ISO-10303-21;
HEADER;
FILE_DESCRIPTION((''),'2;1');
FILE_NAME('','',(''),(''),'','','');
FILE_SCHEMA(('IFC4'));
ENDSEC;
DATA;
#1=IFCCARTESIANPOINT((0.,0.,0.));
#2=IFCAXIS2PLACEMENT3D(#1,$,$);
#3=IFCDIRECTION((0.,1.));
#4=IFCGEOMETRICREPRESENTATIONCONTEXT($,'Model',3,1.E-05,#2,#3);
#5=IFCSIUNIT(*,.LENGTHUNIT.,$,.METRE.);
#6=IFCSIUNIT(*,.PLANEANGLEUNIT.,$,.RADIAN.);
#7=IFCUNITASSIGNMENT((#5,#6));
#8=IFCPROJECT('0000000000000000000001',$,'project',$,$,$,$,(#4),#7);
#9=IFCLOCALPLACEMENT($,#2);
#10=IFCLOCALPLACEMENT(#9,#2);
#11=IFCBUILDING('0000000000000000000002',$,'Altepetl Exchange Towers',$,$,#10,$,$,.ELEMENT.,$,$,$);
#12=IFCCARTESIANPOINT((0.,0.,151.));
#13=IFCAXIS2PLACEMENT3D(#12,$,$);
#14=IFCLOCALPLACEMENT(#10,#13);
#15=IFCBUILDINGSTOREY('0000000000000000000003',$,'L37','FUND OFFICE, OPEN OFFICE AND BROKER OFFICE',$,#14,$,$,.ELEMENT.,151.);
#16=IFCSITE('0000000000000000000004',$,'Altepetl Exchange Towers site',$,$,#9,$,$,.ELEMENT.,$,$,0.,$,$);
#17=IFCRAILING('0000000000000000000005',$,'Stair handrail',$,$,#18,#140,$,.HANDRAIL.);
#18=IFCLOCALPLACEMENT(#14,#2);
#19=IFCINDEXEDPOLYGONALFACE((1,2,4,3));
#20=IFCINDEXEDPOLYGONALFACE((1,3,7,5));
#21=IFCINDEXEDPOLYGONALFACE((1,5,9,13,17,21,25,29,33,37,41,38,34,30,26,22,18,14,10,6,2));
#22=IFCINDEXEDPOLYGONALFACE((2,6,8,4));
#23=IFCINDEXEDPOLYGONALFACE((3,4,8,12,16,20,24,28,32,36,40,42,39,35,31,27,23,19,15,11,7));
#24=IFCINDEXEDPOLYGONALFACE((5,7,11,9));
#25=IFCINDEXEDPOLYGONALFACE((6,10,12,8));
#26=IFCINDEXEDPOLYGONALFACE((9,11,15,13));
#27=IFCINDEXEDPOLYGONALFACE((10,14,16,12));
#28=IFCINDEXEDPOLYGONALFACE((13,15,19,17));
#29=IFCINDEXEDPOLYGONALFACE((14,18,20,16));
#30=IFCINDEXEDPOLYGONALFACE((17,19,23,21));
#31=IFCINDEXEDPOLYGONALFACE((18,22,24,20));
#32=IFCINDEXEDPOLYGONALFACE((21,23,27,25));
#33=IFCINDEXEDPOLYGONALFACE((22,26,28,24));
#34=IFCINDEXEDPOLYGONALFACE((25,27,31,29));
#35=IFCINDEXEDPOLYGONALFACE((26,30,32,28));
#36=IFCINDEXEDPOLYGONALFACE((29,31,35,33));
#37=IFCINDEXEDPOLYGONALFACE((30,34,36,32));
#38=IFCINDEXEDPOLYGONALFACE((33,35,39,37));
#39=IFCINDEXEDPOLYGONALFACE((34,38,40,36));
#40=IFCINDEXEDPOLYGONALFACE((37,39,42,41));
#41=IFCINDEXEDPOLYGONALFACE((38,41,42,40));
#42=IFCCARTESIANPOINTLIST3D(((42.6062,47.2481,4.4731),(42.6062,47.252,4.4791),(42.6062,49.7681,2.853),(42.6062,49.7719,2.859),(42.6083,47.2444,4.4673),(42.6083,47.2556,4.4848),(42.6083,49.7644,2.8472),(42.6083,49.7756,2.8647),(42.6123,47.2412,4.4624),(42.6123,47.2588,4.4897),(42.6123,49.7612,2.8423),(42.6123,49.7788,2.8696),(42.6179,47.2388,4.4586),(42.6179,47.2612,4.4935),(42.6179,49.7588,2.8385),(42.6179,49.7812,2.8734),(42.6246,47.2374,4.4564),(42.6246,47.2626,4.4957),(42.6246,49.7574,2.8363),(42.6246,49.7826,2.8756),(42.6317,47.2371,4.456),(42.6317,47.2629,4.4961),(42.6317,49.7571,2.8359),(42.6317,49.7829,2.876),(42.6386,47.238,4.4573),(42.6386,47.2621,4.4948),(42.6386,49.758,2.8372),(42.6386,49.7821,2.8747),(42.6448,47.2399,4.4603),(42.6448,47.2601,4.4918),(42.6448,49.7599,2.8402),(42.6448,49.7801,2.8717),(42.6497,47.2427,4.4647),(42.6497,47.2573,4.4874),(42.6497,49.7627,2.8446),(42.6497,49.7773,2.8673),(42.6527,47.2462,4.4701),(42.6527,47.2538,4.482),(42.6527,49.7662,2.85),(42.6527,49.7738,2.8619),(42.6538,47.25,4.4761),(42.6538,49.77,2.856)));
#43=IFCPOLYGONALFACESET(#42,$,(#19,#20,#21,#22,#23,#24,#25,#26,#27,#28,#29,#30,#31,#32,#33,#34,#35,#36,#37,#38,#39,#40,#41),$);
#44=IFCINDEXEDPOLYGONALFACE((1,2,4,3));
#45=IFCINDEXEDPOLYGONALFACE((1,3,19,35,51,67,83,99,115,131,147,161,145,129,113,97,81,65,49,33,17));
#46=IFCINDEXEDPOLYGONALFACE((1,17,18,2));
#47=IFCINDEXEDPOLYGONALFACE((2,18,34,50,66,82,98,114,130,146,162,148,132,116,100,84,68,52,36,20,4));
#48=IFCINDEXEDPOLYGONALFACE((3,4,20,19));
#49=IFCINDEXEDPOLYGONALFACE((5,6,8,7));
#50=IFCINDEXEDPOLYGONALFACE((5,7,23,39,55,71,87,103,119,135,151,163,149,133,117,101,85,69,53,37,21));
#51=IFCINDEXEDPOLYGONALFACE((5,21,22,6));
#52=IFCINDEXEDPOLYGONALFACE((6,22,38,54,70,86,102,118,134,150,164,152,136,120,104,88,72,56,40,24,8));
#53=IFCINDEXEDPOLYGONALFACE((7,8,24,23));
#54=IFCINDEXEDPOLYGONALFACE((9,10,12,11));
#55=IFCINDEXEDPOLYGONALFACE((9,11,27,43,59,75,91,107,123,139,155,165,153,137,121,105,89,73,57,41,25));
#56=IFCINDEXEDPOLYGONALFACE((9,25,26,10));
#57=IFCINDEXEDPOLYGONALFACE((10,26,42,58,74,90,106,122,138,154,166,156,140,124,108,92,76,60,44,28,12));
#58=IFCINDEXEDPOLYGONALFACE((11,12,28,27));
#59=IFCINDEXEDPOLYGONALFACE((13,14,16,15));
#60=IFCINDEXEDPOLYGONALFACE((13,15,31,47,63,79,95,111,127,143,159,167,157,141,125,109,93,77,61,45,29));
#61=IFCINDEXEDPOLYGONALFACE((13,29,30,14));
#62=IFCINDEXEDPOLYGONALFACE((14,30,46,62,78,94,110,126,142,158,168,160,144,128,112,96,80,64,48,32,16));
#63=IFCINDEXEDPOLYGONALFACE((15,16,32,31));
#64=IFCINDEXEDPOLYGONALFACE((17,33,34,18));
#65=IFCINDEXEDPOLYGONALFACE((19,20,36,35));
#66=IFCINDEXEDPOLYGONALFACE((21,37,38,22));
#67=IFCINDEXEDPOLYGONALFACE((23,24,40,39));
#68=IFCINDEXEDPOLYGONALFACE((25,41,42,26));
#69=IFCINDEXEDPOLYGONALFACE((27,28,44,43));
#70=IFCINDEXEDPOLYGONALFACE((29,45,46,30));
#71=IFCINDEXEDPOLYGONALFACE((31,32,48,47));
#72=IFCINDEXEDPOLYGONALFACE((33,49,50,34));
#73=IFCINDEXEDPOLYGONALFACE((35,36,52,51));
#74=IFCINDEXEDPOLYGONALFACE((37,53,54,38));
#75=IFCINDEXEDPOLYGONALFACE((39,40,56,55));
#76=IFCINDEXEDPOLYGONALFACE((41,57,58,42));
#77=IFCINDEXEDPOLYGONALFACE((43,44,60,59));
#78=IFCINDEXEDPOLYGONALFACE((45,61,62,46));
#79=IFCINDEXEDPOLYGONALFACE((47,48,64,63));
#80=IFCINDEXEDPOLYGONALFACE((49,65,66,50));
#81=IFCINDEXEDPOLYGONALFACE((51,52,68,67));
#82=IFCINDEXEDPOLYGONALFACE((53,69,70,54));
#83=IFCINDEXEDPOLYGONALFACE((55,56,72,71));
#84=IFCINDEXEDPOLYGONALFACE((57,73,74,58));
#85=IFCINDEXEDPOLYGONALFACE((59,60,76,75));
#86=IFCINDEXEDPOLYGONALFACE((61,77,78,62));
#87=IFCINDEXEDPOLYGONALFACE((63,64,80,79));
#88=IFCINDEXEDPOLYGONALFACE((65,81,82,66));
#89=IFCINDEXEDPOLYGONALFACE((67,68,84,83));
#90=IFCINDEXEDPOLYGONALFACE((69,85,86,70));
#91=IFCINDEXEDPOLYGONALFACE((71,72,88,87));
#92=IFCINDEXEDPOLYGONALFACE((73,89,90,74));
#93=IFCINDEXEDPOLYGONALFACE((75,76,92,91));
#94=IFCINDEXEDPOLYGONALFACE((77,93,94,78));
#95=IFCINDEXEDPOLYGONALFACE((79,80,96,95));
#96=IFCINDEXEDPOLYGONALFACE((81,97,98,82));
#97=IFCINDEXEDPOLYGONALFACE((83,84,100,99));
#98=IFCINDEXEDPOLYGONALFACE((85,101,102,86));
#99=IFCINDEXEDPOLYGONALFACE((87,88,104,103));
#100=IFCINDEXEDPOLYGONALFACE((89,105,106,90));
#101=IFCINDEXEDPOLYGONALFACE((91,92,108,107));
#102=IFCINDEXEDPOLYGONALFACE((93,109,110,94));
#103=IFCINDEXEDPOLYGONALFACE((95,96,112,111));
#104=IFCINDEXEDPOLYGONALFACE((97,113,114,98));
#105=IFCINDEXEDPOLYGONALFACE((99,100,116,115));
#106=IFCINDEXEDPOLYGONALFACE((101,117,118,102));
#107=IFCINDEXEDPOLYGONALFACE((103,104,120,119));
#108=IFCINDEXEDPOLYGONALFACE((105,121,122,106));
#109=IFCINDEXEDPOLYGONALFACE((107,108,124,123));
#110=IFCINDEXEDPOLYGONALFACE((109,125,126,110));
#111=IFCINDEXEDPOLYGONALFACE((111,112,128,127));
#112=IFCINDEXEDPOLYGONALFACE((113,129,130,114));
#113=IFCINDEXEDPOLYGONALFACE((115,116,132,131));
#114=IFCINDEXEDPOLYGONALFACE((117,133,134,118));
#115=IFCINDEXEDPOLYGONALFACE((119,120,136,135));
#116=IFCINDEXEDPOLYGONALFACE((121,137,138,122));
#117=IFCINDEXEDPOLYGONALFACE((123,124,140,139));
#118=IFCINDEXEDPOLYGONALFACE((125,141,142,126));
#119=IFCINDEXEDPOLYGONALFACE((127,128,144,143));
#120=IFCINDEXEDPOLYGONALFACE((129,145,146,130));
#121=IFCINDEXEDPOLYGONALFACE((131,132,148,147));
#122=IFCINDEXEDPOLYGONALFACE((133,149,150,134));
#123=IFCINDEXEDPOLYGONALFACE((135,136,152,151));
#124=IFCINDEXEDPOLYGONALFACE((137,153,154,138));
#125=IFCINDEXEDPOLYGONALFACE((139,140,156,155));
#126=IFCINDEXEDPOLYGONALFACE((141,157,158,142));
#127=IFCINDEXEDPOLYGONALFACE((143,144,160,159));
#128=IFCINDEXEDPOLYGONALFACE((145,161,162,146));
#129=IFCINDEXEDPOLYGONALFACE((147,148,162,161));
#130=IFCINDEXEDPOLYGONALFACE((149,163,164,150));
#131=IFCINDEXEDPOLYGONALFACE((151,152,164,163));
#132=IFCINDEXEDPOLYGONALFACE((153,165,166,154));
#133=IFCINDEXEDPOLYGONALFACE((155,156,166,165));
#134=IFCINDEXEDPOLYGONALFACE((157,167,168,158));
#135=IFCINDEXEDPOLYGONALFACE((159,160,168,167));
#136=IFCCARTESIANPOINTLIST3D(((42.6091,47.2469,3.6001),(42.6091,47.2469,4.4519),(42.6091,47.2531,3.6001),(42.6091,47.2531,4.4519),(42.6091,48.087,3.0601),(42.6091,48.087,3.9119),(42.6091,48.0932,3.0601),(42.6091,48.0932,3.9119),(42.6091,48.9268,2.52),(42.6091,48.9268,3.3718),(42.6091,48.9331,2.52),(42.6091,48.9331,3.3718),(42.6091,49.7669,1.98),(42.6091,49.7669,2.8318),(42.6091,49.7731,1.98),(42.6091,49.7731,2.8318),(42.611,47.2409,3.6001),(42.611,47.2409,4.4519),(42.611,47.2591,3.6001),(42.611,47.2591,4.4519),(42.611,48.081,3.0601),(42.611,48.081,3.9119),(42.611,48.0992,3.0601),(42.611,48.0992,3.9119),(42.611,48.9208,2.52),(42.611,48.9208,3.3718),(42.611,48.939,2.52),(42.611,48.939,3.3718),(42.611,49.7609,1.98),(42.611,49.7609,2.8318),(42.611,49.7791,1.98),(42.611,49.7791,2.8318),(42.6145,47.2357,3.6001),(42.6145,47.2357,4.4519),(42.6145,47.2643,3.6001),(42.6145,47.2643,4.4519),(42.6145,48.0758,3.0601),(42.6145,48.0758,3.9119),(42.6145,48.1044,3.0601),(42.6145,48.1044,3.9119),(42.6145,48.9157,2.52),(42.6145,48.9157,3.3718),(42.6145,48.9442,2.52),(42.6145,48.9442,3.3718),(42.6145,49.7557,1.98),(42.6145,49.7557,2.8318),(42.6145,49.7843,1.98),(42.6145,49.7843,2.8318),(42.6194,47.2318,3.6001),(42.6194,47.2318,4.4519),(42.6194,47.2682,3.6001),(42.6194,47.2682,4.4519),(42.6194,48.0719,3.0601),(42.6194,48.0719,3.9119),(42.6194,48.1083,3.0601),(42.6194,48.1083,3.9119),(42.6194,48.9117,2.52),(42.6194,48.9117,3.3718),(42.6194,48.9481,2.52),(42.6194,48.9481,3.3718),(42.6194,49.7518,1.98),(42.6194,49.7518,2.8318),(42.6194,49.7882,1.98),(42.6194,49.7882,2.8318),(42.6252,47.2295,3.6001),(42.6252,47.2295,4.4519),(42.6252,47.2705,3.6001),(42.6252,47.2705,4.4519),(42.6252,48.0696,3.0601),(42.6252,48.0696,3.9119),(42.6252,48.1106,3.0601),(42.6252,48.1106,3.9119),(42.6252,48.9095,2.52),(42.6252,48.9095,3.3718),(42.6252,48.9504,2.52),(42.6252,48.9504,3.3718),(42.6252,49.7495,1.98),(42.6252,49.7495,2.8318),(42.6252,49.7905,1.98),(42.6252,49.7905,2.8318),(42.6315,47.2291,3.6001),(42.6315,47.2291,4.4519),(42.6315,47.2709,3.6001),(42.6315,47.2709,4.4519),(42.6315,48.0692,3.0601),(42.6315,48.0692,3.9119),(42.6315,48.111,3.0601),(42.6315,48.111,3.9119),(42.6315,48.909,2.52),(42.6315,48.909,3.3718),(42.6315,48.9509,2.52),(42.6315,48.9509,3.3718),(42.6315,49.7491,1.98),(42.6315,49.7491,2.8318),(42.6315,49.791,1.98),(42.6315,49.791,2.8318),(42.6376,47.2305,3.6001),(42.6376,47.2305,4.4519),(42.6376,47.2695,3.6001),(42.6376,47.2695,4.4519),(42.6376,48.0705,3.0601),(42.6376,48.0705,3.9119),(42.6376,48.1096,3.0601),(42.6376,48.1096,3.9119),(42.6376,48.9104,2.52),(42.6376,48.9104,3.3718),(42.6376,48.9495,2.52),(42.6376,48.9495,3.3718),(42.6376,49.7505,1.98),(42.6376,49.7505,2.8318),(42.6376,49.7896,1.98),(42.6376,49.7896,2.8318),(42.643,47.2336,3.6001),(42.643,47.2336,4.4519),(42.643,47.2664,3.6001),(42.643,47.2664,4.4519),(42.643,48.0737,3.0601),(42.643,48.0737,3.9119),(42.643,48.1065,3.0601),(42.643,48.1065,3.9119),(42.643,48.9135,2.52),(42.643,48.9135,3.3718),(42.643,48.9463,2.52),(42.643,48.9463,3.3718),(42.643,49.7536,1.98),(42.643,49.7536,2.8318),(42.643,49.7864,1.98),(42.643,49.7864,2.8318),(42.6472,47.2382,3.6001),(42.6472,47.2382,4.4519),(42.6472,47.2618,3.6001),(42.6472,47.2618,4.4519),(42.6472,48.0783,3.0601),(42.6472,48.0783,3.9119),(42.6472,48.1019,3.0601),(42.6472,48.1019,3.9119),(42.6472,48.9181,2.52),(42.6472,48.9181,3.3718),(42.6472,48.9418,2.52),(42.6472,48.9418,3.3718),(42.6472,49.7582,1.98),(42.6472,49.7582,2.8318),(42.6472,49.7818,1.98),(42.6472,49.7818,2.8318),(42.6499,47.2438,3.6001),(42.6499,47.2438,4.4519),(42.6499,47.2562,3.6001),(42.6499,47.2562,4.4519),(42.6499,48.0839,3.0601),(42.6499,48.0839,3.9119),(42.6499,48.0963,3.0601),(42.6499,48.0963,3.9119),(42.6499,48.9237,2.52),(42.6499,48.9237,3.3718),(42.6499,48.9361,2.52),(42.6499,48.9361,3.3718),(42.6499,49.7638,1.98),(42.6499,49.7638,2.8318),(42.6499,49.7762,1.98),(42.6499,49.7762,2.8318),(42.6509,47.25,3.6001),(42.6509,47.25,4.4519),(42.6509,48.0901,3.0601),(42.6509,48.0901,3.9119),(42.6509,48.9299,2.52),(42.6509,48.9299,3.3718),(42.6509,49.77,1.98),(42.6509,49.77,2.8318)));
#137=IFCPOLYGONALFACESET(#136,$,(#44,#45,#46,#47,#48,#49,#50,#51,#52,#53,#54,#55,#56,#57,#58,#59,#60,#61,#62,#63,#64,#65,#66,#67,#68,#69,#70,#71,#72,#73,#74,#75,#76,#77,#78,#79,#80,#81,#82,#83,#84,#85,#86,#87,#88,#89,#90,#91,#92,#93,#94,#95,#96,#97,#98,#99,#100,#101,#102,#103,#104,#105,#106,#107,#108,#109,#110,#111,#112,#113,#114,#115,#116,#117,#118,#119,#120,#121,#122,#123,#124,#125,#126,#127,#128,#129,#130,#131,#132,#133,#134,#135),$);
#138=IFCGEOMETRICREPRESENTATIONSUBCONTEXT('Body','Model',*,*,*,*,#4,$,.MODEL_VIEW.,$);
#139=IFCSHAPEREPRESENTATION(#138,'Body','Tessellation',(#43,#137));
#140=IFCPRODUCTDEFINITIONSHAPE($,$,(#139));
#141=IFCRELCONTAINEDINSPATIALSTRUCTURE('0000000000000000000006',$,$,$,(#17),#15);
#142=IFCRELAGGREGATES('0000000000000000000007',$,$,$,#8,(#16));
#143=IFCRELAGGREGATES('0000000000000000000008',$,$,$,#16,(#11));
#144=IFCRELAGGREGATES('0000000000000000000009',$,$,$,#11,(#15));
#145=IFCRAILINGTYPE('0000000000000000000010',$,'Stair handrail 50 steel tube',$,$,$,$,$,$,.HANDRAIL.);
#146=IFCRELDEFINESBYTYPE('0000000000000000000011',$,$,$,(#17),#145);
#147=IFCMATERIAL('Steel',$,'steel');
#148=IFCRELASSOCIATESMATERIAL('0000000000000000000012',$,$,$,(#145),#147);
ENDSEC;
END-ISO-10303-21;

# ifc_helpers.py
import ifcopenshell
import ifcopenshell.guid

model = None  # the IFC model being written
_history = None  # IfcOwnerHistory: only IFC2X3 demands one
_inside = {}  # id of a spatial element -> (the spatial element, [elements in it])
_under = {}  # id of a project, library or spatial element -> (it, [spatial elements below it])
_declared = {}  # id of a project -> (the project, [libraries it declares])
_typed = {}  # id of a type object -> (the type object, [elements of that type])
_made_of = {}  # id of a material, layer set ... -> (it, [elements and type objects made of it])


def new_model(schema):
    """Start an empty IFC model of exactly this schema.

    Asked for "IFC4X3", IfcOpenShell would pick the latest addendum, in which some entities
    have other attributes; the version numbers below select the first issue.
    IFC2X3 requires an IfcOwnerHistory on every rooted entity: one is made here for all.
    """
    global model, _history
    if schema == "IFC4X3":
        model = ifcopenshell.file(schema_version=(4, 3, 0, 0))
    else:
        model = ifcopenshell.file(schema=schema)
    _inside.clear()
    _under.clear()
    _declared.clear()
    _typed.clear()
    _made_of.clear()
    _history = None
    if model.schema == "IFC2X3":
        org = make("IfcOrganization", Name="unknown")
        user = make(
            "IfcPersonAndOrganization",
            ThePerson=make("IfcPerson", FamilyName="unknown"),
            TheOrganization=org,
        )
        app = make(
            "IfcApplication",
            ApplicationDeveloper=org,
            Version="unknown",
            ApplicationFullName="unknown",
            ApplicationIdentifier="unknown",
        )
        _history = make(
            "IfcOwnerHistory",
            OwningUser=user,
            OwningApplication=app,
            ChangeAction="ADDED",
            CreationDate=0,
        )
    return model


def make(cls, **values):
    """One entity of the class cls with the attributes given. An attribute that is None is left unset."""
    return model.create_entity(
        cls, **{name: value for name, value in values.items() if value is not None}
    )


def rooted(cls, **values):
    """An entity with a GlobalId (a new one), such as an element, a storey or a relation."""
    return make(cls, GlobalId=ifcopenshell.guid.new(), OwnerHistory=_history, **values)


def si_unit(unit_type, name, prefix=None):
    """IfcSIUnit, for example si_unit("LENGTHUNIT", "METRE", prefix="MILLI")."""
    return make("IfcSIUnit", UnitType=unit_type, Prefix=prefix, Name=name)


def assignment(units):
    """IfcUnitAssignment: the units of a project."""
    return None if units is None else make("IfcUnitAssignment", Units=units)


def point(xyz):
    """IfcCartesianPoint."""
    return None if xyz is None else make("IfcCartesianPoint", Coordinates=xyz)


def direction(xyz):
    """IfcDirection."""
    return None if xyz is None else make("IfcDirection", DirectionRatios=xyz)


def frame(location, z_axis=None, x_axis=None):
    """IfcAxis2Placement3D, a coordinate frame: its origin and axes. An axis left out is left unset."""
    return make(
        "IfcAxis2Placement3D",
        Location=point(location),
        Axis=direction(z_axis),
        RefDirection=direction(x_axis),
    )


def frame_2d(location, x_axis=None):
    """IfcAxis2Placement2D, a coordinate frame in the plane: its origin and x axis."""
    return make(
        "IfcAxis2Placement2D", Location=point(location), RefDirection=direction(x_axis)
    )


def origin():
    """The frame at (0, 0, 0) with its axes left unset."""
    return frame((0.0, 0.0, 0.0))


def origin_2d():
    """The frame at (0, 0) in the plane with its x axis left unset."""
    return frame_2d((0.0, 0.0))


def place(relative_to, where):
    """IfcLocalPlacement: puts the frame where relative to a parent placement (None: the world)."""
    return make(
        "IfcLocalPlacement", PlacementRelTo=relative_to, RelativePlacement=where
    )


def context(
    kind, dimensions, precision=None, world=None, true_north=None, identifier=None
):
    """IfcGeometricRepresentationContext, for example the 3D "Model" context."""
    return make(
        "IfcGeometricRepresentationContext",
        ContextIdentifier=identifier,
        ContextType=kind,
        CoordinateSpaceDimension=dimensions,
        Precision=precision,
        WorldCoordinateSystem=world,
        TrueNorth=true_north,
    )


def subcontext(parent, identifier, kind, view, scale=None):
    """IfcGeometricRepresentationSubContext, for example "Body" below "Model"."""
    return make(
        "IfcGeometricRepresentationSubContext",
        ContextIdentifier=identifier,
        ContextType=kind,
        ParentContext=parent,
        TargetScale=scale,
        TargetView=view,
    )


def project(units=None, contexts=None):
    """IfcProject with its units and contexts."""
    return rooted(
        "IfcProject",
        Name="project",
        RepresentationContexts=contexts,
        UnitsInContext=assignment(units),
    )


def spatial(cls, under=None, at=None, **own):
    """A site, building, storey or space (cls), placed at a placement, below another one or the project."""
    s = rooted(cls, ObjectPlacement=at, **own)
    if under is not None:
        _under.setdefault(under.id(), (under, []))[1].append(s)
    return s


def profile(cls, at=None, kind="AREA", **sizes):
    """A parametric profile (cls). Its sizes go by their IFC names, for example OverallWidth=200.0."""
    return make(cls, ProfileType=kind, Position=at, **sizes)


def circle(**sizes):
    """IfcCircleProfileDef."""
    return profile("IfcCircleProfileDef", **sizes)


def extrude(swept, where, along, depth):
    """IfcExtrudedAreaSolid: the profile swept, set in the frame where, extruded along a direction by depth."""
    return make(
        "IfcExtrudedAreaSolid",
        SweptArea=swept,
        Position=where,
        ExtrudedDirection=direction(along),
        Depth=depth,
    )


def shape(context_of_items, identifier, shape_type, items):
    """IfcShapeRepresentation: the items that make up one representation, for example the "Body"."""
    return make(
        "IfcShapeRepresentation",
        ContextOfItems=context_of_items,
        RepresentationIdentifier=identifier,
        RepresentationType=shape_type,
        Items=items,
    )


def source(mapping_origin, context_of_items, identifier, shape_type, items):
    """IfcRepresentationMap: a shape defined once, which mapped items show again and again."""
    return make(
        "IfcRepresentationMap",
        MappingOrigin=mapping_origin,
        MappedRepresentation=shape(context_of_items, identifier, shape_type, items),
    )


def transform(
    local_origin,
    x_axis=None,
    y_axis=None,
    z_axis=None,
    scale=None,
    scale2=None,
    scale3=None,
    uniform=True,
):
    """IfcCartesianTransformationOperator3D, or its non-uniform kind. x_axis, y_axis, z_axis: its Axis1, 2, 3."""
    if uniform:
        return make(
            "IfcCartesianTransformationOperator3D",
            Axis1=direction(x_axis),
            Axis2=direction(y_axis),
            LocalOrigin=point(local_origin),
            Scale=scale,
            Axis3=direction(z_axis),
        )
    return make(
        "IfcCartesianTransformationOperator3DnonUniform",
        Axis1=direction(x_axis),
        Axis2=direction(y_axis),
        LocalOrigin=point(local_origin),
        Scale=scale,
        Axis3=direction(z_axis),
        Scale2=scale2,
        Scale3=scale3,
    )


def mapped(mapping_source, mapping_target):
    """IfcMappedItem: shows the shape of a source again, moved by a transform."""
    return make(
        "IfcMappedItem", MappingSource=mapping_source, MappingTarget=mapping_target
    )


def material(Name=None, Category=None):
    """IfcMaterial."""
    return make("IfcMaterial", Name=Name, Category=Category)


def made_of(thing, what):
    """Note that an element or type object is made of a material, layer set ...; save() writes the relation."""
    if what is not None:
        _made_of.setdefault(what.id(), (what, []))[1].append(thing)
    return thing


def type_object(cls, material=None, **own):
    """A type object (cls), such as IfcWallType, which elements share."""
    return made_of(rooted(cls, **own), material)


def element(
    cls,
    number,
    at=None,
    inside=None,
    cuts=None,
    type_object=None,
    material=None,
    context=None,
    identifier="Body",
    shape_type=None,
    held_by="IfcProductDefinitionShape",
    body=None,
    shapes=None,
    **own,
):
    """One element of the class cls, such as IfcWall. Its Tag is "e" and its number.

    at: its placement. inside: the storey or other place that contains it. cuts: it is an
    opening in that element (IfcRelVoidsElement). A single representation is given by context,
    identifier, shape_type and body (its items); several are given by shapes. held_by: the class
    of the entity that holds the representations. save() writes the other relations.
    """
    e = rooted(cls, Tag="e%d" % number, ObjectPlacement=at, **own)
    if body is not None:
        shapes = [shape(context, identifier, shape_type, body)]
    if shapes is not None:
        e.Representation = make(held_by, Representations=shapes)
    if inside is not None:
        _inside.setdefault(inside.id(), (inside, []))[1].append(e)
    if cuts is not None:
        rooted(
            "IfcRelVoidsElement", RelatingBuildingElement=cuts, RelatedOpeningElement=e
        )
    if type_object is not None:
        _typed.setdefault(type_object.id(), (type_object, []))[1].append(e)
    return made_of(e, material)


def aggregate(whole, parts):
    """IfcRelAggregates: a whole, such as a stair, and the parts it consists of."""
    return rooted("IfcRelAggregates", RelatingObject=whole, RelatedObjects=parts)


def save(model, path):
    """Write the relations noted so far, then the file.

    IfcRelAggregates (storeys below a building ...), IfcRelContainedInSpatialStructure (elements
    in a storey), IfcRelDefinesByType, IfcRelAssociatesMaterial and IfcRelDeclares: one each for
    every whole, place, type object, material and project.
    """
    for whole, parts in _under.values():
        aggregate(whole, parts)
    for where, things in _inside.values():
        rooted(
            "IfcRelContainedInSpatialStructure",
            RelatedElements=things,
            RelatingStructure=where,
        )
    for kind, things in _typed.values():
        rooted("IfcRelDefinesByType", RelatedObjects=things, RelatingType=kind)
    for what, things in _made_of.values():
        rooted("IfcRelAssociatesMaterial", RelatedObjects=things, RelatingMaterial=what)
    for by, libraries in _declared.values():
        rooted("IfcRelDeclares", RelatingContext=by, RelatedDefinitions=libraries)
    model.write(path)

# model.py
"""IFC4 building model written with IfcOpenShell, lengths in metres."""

from ifc_helpers import new_model, si_unit, direction, frame, origin, origin_2d, place, context, subcontext, project, spatial, circle, extrude, source, transform, mapped, material, type_object, element, save


model = new_model("IFC4")

# Units and contexts
model_context = context("Model", 3, precision=1e-05, world=origin(), true_north=direction((0.0, 1.0)))
body_context = subcontext(model_context, "Body", "Model", "MODEL_VIEW")
ifc_project = project(units=[si_unit("LENGTHUNIT", "METRE"), si_unit("PLANEANGLEUNIT", "RADIAN")], contexts=[model_context])

# Site, building, storey
site_placement = place(None, origin())
site = spatial("IfcSite", under=ifc_project, at=site_placement, Name="Altepetl Exchange Towers site", CompositionType="ELEMENT", RefElevation=0.0)
building_placement = place(site_placement, origin())
building = spatial("IfcBuilding", under=site, at=building_placement, Name="Altepetl Exchange Towers", CompositionType="ELEMENT")
storey_placement = place(building_placement, frame((0.0, 0.0, 151.0)))
storey = spatial("IfcBuildingStorey", under=building, at=storey_placement, Name="L37", Description="FUND OFFICE, OPEN OFFICE AND BROKER OFFICE", CompositionType="ELEMENT", Elevation=151.0)

# Railing
ifc_material_1 = material(Name="Steel", Category="steel")
railing_type = type_object("IfcRailingType", Name="Stair handrail 50 steel tube", PredefinedType="HANDRAIL", material=ifc_material_1)
shared_shape = source(origin(), body_context, "Body", "SweptSolid", [
    extrude(circle(Radius=0.021, at=origin_2d()), origin(), (0.0, 0.0, 1.0), 0.8518),
])
railing_1_placement = place(storey_placement, frame((42.6299, 49.77, 1.98)))
element("IfcRailing", 1, at=railing_1_placement, inside=storey, type_object=railing_type, Name="Stair handrail", PredefinedType="HANDRAIL", context=body_context, shape_type="SweptSolid", body=[
    extrude(circle(Radius=0.0239, at=origin_2d()), frame((0.0, 0.0, 0.876), z_axis=(0.0, -0.841163, 0.540782), x_axis=(1.0, 0.0, 0.0)), (0.0, 0.0, 1.0), 2.9958),
    mapped(shared_shape, transform((0.0, 0.0, 0.0))),
    mapped(shared_shape, transform((0.0, -0.8401, 0.54))),
    mapped(shared_shape, transform((0.0, -1.6799, 1.0801))),
    mapped(shared_shape, transform((0.0, -2.52, 1.6201))),
])

save(model, "model.ifc")
